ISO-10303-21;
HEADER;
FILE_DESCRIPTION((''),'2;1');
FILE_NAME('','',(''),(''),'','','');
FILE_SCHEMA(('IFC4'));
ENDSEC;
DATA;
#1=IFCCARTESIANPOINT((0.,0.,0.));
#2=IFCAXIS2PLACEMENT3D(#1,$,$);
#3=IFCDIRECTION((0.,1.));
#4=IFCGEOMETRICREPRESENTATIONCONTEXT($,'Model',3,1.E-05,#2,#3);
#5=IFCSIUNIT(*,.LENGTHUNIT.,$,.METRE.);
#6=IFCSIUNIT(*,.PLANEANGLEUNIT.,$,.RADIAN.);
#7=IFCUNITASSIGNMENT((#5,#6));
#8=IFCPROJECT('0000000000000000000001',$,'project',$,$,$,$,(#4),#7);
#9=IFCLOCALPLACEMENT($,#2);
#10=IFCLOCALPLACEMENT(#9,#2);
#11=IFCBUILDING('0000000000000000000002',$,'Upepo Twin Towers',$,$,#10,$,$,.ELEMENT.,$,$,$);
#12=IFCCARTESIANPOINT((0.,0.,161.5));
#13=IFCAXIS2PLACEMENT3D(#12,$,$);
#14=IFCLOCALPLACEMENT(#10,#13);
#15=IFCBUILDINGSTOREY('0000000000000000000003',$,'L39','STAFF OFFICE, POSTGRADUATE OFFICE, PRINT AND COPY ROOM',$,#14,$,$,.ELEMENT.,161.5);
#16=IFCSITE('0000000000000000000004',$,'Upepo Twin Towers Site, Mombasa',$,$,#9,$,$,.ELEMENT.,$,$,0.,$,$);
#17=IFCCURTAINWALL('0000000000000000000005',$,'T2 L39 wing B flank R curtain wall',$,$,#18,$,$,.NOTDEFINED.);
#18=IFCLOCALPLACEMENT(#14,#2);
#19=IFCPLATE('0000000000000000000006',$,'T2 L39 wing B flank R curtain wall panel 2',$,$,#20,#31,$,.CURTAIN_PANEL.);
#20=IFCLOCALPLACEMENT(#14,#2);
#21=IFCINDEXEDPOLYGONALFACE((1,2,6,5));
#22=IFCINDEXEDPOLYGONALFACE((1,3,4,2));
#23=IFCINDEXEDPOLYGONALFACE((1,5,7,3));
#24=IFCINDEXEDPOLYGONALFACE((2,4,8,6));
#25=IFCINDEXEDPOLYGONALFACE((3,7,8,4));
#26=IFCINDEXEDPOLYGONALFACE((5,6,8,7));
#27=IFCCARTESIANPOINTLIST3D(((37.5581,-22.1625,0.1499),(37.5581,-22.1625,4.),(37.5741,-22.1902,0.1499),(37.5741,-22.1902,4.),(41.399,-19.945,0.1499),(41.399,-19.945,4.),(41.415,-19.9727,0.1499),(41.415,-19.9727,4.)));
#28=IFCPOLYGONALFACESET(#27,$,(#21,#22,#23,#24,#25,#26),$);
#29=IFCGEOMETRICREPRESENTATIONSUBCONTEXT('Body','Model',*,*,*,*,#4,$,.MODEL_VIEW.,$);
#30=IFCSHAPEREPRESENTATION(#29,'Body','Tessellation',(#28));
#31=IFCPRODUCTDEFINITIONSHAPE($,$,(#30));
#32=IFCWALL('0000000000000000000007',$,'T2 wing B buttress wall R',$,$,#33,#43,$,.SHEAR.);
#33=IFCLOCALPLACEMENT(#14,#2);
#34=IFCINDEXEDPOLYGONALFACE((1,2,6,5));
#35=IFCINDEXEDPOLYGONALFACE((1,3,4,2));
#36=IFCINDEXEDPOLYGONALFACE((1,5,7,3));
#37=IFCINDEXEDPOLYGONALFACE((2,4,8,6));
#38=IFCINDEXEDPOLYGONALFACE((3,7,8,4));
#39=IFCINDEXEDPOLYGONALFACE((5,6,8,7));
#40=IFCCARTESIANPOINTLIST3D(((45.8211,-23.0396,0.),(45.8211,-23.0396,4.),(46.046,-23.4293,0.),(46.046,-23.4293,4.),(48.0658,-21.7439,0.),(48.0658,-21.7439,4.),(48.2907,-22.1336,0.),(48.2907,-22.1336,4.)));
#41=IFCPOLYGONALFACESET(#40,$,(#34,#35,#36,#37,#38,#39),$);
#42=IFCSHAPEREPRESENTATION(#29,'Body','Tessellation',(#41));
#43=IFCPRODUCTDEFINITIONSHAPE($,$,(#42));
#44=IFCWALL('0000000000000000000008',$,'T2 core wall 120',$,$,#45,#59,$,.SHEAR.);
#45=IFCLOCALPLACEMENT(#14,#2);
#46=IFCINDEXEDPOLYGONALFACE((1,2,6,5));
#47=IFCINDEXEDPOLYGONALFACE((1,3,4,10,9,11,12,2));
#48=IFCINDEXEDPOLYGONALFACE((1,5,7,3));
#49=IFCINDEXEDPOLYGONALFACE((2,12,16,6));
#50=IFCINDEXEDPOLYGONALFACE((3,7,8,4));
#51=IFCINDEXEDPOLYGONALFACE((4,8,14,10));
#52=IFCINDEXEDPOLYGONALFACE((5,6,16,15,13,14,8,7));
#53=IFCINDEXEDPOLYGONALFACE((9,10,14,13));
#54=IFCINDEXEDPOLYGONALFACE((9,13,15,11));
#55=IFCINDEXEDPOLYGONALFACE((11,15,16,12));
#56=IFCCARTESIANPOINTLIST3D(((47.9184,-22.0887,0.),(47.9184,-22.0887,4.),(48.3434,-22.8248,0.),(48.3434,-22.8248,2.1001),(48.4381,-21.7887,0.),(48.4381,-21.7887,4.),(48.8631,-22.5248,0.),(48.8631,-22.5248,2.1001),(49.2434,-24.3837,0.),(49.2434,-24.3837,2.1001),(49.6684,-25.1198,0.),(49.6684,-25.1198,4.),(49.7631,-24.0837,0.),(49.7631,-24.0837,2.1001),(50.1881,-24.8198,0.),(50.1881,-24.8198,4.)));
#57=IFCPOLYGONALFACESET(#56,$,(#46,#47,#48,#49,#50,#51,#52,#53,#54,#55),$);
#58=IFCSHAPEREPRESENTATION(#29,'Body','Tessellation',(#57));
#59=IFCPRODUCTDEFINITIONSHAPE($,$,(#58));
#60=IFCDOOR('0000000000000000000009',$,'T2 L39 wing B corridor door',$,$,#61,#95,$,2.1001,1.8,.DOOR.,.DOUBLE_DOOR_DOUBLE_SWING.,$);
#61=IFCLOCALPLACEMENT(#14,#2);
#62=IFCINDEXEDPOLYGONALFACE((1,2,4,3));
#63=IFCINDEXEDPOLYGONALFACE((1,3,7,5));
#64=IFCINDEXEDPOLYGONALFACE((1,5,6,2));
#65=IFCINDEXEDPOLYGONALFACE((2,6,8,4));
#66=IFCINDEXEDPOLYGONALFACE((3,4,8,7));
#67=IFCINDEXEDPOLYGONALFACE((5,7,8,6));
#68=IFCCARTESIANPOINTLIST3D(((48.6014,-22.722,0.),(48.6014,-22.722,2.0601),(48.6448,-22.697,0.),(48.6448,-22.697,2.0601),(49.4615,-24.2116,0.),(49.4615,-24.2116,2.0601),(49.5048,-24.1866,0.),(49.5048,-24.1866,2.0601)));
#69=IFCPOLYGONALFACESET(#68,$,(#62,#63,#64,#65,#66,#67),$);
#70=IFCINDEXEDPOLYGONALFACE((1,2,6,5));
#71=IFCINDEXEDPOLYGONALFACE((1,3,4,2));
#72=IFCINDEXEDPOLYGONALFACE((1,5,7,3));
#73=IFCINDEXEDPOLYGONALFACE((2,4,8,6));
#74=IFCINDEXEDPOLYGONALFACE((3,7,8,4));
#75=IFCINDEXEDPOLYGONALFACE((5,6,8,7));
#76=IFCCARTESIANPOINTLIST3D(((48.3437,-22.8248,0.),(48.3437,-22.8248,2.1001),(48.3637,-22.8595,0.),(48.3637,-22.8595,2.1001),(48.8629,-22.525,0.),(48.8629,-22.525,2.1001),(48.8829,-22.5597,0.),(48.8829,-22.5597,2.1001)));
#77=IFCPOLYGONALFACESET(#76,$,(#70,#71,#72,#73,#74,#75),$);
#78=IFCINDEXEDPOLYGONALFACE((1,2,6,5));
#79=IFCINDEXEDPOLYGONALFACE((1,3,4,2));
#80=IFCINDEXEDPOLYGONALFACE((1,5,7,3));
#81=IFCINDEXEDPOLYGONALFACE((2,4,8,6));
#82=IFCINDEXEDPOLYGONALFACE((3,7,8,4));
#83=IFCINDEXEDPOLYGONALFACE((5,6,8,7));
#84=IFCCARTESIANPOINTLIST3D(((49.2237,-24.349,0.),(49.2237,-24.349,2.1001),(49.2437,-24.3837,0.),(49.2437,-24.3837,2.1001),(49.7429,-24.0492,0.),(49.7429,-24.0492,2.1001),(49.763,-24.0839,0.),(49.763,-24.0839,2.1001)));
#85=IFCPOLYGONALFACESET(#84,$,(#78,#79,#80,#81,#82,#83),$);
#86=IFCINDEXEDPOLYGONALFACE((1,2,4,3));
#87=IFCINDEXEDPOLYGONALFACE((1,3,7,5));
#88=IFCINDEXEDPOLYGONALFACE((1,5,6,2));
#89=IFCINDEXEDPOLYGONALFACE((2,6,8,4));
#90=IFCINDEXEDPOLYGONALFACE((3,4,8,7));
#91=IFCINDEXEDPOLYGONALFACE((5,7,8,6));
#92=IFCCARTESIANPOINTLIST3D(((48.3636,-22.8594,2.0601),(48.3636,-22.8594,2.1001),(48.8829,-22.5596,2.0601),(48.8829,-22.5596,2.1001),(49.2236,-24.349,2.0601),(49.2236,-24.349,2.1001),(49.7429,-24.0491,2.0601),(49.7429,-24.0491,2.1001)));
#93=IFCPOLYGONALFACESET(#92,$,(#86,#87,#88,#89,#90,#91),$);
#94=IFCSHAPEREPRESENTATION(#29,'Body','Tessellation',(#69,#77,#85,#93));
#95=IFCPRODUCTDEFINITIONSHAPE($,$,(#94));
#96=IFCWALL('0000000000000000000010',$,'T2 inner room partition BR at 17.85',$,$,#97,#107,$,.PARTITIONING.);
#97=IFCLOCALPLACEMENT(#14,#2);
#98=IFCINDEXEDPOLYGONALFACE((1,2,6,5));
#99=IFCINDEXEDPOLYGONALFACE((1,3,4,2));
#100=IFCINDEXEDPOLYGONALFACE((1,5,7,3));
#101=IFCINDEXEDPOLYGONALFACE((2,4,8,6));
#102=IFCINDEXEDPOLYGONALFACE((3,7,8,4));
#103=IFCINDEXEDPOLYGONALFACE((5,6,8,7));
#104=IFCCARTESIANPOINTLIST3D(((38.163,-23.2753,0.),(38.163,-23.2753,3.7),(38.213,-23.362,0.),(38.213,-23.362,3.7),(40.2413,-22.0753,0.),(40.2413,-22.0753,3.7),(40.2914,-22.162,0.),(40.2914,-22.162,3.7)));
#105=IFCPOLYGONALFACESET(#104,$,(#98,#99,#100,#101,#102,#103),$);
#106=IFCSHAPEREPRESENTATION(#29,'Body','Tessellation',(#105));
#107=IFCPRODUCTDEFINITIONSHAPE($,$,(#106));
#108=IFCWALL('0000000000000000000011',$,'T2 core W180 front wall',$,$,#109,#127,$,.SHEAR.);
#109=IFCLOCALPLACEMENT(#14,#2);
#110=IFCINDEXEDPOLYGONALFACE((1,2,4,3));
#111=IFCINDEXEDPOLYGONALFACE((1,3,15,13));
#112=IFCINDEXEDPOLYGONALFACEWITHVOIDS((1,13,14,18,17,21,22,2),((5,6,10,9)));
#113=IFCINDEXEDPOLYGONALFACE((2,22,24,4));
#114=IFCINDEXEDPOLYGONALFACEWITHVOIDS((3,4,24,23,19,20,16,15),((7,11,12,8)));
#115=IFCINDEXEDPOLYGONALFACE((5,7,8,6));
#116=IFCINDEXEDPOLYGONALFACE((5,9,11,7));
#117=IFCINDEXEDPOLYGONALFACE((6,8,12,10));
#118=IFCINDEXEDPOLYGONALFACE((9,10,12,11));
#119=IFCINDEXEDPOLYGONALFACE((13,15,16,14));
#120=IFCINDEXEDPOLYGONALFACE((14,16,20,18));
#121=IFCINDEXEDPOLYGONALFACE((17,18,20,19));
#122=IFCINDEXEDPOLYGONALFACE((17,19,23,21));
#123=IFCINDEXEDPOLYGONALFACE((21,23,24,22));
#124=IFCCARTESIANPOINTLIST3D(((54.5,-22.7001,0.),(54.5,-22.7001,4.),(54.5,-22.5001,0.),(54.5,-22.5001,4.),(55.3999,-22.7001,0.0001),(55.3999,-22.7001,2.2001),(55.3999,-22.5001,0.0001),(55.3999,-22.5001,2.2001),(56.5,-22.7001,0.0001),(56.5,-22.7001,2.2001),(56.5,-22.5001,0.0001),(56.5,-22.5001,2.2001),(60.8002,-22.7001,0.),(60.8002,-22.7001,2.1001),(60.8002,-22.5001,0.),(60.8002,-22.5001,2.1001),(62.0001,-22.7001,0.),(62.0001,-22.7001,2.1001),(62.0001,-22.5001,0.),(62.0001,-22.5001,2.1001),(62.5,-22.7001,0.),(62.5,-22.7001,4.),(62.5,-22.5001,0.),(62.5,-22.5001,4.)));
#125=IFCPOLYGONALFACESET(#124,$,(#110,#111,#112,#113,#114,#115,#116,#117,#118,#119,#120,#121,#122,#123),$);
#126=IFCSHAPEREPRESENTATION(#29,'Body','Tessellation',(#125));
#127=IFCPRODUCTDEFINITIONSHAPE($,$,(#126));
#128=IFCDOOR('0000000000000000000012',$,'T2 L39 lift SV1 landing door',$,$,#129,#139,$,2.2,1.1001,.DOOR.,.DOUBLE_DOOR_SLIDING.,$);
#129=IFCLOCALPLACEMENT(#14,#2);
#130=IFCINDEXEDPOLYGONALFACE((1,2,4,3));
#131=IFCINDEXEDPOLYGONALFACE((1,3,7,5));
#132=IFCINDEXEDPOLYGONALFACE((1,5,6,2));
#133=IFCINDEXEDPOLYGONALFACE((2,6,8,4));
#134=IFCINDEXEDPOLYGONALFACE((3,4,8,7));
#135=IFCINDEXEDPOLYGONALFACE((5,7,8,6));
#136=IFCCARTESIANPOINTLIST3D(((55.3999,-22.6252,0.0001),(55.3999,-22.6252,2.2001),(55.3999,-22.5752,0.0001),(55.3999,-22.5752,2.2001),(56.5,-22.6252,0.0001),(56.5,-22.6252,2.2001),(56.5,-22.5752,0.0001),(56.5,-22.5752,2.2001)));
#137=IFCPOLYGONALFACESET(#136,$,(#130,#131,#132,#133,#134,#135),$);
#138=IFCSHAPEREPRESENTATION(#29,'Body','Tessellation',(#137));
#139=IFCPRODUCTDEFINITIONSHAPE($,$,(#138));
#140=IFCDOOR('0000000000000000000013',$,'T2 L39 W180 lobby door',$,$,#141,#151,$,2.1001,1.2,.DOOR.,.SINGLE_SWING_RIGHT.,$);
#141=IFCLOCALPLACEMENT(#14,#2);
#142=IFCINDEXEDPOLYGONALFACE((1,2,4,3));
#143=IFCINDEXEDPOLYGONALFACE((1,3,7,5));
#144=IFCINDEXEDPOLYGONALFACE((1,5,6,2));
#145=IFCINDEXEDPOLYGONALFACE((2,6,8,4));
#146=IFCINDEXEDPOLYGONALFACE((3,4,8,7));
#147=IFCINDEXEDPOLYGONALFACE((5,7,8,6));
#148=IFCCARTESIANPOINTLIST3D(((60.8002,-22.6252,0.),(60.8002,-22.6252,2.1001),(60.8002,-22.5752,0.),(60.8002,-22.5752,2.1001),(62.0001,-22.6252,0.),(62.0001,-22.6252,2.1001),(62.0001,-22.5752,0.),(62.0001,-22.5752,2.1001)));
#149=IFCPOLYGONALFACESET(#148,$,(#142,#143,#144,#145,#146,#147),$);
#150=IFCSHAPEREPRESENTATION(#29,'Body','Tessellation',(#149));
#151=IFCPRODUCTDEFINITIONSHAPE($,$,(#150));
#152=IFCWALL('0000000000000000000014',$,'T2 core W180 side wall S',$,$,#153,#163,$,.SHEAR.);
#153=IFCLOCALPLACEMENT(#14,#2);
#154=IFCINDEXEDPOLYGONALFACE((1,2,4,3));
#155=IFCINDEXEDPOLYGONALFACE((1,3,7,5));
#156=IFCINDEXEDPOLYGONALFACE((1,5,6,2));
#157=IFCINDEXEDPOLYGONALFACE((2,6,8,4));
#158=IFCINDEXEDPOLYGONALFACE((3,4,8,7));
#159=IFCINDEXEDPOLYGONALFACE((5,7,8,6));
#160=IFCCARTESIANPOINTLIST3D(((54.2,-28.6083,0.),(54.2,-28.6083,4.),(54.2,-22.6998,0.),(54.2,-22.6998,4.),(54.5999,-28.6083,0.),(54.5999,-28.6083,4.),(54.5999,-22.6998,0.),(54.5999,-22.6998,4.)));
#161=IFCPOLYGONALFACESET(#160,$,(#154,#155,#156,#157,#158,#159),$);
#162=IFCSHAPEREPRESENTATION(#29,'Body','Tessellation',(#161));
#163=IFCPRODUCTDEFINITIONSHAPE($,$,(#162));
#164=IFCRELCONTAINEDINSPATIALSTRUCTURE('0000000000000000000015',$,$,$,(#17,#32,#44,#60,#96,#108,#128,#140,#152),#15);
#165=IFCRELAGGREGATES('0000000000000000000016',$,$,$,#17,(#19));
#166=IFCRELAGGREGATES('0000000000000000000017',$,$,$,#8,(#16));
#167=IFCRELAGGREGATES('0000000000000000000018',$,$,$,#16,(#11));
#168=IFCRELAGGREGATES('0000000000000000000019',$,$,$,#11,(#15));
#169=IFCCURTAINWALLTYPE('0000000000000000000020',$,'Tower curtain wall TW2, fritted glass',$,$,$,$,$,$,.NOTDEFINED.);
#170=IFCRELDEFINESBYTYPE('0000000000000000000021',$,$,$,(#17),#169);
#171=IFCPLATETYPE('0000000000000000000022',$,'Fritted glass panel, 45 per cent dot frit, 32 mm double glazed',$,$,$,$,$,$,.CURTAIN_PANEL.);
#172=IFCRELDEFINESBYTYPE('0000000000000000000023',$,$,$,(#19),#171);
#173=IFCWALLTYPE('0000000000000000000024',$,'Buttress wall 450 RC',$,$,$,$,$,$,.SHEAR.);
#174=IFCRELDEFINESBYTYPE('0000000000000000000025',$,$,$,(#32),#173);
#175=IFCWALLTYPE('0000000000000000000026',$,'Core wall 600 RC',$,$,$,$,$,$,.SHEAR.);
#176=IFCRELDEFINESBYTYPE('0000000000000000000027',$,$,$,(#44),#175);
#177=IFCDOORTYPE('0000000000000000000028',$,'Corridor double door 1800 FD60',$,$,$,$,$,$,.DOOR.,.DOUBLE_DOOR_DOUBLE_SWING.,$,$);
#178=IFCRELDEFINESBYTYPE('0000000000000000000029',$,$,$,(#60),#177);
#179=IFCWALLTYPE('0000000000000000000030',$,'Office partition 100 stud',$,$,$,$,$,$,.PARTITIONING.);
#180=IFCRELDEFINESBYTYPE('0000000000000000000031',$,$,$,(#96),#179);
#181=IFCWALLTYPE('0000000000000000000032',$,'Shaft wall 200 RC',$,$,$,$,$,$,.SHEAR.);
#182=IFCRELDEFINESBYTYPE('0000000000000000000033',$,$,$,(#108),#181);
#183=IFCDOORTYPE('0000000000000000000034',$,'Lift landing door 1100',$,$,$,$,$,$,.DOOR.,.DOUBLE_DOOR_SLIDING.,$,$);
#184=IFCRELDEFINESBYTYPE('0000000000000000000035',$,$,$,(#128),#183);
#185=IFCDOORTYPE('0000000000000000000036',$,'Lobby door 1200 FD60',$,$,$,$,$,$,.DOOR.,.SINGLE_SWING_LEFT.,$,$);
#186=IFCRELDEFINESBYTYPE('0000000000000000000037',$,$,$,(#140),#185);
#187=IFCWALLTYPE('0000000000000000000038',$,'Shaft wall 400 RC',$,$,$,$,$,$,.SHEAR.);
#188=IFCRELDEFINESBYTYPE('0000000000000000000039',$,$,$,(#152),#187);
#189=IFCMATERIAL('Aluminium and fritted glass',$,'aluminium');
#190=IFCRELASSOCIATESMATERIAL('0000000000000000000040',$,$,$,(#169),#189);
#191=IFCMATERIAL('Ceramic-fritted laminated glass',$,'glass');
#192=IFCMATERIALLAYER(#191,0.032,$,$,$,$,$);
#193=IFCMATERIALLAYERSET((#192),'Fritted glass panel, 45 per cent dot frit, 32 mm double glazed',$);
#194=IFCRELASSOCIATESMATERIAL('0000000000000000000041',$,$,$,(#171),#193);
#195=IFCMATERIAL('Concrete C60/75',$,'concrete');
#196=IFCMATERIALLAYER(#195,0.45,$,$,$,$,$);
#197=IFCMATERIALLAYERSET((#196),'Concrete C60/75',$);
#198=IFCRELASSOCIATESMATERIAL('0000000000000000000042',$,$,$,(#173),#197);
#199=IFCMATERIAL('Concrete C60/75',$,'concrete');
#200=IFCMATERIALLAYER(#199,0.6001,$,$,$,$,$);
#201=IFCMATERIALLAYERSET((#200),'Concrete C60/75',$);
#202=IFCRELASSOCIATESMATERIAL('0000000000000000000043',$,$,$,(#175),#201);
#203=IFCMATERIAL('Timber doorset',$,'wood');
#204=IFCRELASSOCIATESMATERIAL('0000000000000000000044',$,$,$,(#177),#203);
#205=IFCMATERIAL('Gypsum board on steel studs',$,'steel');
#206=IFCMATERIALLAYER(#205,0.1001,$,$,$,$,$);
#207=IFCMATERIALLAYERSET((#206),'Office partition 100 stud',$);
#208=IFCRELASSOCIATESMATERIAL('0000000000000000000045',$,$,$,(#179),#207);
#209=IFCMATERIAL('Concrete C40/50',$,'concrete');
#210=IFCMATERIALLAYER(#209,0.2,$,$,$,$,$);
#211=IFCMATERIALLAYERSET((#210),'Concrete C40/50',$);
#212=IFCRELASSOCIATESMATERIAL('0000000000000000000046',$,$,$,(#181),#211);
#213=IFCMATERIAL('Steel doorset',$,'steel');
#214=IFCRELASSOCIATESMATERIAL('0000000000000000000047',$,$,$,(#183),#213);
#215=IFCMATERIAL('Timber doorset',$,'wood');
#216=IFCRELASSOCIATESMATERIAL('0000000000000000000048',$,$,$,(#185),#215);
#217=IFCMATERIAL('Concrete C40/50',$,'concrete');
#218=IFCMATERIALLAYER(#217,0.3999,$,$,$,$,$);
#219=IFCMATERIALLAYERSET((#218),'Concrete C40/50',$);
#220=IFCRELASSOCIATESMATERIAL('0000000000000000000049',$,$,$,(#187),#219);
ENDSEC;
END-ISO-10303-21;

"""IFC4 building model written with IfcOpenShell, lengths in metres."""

from ifc_helpers import new_model, si_unit, direction, frame, frame_2d, origin, origin_2d, place, context, subcontext, project, spatial, rectangle, extrude, material, layer, layer_set, type_object, element, fill, aggregate, save


model = new_model("IFC4")

# Units and contexts
model_context = context("Model", 3, precision=1e-05, world=origin(), true_north=direction((0.0, 1.0)))
body_context = subcontext(model_context, "Body", "Model", "MODEL_VIEW")
ifc_project = project(units=[si_unit("LENGTHUNIT", "METRE"), si_unit("PLANEANGLEUNIT", "RADIAN")], contexts=[model_context])

# Site, building, storey
site_placement = place(None, origin())
site = spatial("IfcSite", under=ifc_project, at=site_placement, Name="Upepo Twin Towers Site, Mombasa", CompositionType="ELEMENT", RefElevation=0.0)
building_placement = place(site_placement, origin())
building = spatial("IfcBuilding", under=site, at=building_placement, Name="Upepo Twin Towers", CompositionType="ELEMENT")
storey_placement = place(building_placement, frame((0.0, 0.0, 161.5)))
storey = spatial("IfcBuildingStorey", under=building, at=storey_placement, Name="L39", Description="STAFF OFFICE, POSTGRADUATE OFFICE, PRINT AND COPY ROOM", CompositionType="ELEMENT", Elevation=161.5)

# Curtain wall, plate
ifc_material_1 = material(Name="Aluminium and fritted glass", Category="aluminium")
curtain_wall_type = type_object("IfcCurtainWallType", Name="Tower curtain wall TW2, fritted glass", PredefinedType="NOTDEFINED", material=ifc_material_1)
curtain_wall_placement = place(storey_placement, origin())
curtain_wall = element("IfcCurtainWall", 1, at=curtain_wall_placement, inside=storey, type_object=curtain_wall_type, Name="T2 L39 wing B flank R curtain wall", PredefinedType="NOTDEFINED")
ifc_material_2 = material(Name="Ceramic-fritted laminated glass", Category="glass")
ifc_layer_1 = layer(ifc_material_2, 0.032)
ifc_layer_set_1 = layer_set([ifc_layer_1], Name="Fritted glass panel, 45 per cent dot frit, 32 mm double glazed")
plate_type = type_object("IfcPlateType", Name="Fritted glass panel, 45 per cent dot frit, 32 mm double glazed", PredefinedType="CURTAIN_PANEL", material=ifc_layer_set_1)
plate_placement = place(storey_placement, frame((39.4866, -21.0676, 0.1499), z_axis=(0.0, 0.0, 1.0), x_axis=(0.866025, 0.5, 0.0)))
plate = element("IfcPlate", 2, at=plate_placement, type_object=plate_type, Name="T2 L39 wing B flank R curtain wall panel 2", PredefinedType="CURTAIN_PANEL", context=body_context, shape_type="SweptSolid", body=[
    extrude(rectangle(XDim=4.4351, YDim=0.032, at=origin_2d()), origin(), (0.0, 0.0, 1.0), 3.8501),
])
aggregate(curtain_wall, [plate])

# Wall
ifc_material_3 = material(Name="Concrete C60/75", Category="concrete")
ifc_layer_2 = layer(ifc_material_3, 0.45)
ifc_layer_set_2 = layer_set([ifc_layer_2], Name="Concrete C60/75")
wall_type_1 = type_object("IfcWallType", Name="Buttress wall 450 RC", PredefinedType="SHEAR", material=ifc_layer_set_2)
wall_1_placement = place(storey_placement, frame((48.1782, -21.9387, 0.0), z_axis=(0.0, 0.0, 1.0), x_axis=(-0.866073, -0.499918, 0.0)))
element("IfcWall", 3, at=wall_1_placement, inside=storey, type_object=wall_type_1, Name="T2 wing B buttress wall R", PredefinedType="SHEAR", context=body_context, shape_type="SweptSolid", body=[
    extrude(rectangle(XDim=2.5918, YDim=0.45, at=frame_2d((1.2959, 0.0))), origin(), (0.0, 0.0, 1.0), 4.0),
])

# Wall, opening, door
ifc_material_4 = material(Name="Concrete C60/75", Category="concrete")
ifc_layer_3 = layer(ifc_material_4, 0.6001)
ifc_layer_set_3 = layer_set([ifc_layer_3], Name="Concrete C60/75")
wall_type_2 = type_object("IfcWallType", Name="Core wall 600 RC", PredefinedType="SHEAR", material=ifc_layer_set_3)
wall_2_placement = place(storey_placement, frame((48.1782, -21.9387, 0.0), z_axis=(0.0, 0.0, 1.0), x_axis=(0.50001, -0.866019, 0.0)))
wall_2 = element("IfcWall", 4, at=wall_2_placement, inside=storey, type_object=wall_type_2, Name="T2 core wall 120", PredefinedType="SHEAR", context=body_context, shape_type="SweptSolid", body=[
    extrude(rectangle(XDim=3.5, YDim=0.6001, at=frame_2d((1.75, 0.0))), origin(), (0.0, 0.0, 1.0), 4.0),
])
opening_1_placement = place(wall_2_placement, frame((0.8501, 0.0, 0.0)))
opening_1 = element("IfcOpeningElement", 5, at=opening_1_placement, cuts=wall_2, PredefinedType="OPENING", context=body_context, shape_type="SweptSolid", body=[
    extrude(rectangle(XDim=1.8, YDim=2.1001, at=frame_2d((0.8999, 1.05))), frame((0.0, 0.3101, 0.0), z_axis=(0.0, -1.0, 0.0), x_axis=(1.0, 0.0, 0.0)), (0.0, 0.0, 1.0), 0.6201),
])
ifc_material_5 = material(Name="Timber doorset", Category="wood")
door_type_1 = type_object("IfcDoorType", Name="Corridor double door 1800 FD60", OperationType="DOUBLE_DOOR_DOUBLE_SWING", PredefinedType="DOOR", material=ifc_material_5)
door_1_placement = place(opening_1_placement, origin())
door_1 = element("IfcDoor", 6, at=door_1_placement, inside=storey, type_object=door_type_1, Name="T2 L39 wing B corridor door", OperationType="DOUBLE_DOOR_DOUBLE_SWING", OverallHeight=2.1001, OverallWidth=1.8, PredefinedType="DOOR", context=body_context, shape_type="SweptSolid", body=[
    extrude(rectangle(XDim=1.72, YDim=2.0601, at=frame_2d((0.8999, 1.03))), frame((0.0, 0.0249, 0.0), z_axis=(0.0, -1.0, 0.0), x_axis=(1.0, 0.0, 0.0)), (0.0, 0.0, 1.0), 0.05),
    extrude(rectangle(XDim=0.04, YDim=2.1001, at=frame_2d((0.02, 1.05))), frame((0.0, 0.2998, 0.0), z_axis=(0.0, -1.0, 0.0), x_axis=(1.0, 0.0, 0.0)), (0.0, 0.0, 1.0), 0.5996),
    extrude(rectangle(XDim=0.04, YDim=2.1001, at=frame_2d((1.78, 1.05))), frame((0.0, 0.2998, 0.0), z_axis=(0.0, -1.0, 0.0), x_axis=(1.0, 0.0, 0.0)), (0.0, 0.0, 1.0), 0.5996),
    extrude(rectangle(XDim=1.72, YDim=0.04, at=frame_2d((0.8999, 2.0801))), frame((0.0, 0.2998, 0.0), z_axis=(0.0, -1.0, 0.0), x_axis=(1.0, 0.0, 0.0)), (0.0, 0.0, 1.0), 0.5996),
])
fill(opening_1, door_1)

# Wall
ifc_material_6 = material(Name="Gypsum board on steel studs", Category="steel")
ifc_layer_4 = layer(ifc_material_6, 0.1001)
ifc_layer_set_4 = layer_set([ifc_layer_4], Name="Office partition 100 stud")
wall_type_3 = type_object("IfcWallType", Name="Office partition 100 stud", PredefinedType="PARTITIONING", material=ifc_layer_set_4)
wall_3_placement = place(storey_placement, frame((40.2664, -22.1187, 0.0), z_axis=(0.0, 0.0, 1.0), x_axis=(-0.866025, -0.500001, 0.0)))
element("IfcWall", 7, at=wall_3_placement, inside=storey, type_object=wall_type_3, Name="T2 inner room partition BR at 17.85", PredefinedType="PARTITIONING", context=body_context, shape_type="SweptSolid", body=[
    extrude(rectangle(XDim=2.3999, YDim=0.1001, at=frame_2d((1.2, 0.0))), origin(), (0.0, 0.0, 1.0), 3.7),
])

# Wall, openings, doors
ifc_material_7 = material(Name="Concrete C40/50", Category="concrete")
ifc_layer_5 = layer(ifc_material_7, 0.2)
ifc_layer_set_5 = layer_set([ifc_layer_5], Name="Concrete C40/50")
wall_type_4 = type_object("IfcWallType", Name="Shaft wall 200 RC", PredefinedType="SHEAR", material=ifc_layer_set_5)
wall_4_placement = place(storey_placement, frame((54.5, -22.6001, 0.0), z_axis=(0.0, 0.0, 1.0), x_axis=(1.0, 0.0, 0.0)))
wall_4 = element("IfcWall", 8, at=wall_4_placement, inside=storey, type_object=wall_type_4, Name="T2 core W180 front wall", PredefinedType="SHEAR", context=body_context, shape_type="SweptSolid", body=[
    extrude(rectangle(XDim=8.0, YDim=0.2, at=frame_2d((4.0, 0.0))), origin(), (0.0, 0.0, 1.0), 4.0),
])
opening_2_placement = place(wall_4_placement, frame((6.3, 0.0, 0.0)))
opening_2 = element("IfcOpeningElement", 9, at=opening_2_placement, cuts=wall_4, PredefinedType="OPENING", context=body_context, shape_type="SweptSolid", body=[
    extrude(rectangle(XDim=1.2, YDim=2.1001, at=frame_2d((0.6001, 1.05))), frame((0.0, 0.1099, 0.0), z_axis=(0.0, -1.0, 0.0), x_axis=(1.0, 0.0, 0.0)), (0.0, 0.0, 1.0), 0.22),
])
opening_3_placement = place(wall_4_placement, frame((0.8999, 0.0, 0.0)))
opening_3 = element("IfcOpeningElement", 10, at=opening_3_placement, cuts=wall_4, PredefinedType="OPENING", context=body_context, shape_type="SweptSolid", body=[
    extrude(rectangle(XDim=1.1001, YDim=2.2, at=frame_2d((0.55, 1.1001))), frame((0.0, 0.1099, 0.0), z_axis=(0.0, -1.0, 0.0), x_axis=(1.0, 0.0, 0.0)), (0.0, 0.0, 1.0), 0.22),
])
ifc_material_8 = material(Name="Steel doorset", Category="steel")
door_type_2 = type_object("IfcDoorType", Name="Lift landing door 1100", OperationType="DOUBLE_DOOR_SLIDING", PredefinedType="DOOR", material=ifc_material_8)
door_2_placement = place(opening_3_placement, origin())
door_2 = element("IfcDoor", 11, at=door_2_placement, inside=storey, type_object=door_type_2, Name="T2 L39 lift SV1 landing door", OperationType="DOUBLE_DOOR_SLIDING", OverallHeight=2.2, OverallWidth=1.1001, PredefinedType="DOOR", context=body_context, shape_type="SweptSolid", body=[
    extrude(rectangle(XDim=1.1001, YDim=2.2, at=frame_2d((0.55, 1.1001))), frame((0.0, 0.0249, 0.0), z_axis=(0.0, -1.0, 0.0), x_axis=(1.0, 0.0, 0.0)), (0.0, 0.0, 1.0), 0.05),
])
fill(opening_3, door_2)
ifc_material_9 = material(Name="Timber doorset", Category="wood")
door_type_3 = type_object("IfcDoorType", Name="Lobby door 1200 FD60", OperationType="SINGLE_SWING_LEFT", PredefinedType="DOOR", material=ifc_material_9)
door_3_placement = place(opening_2_placement, origin())
door_3 = element("IfcDoor", 12, at=door_3_placement, inside=storey, type_object=door_type_3, Name="T2 L39 W180 lobby door", OperationType="SINGLE_SWING_RIGHT", OverallHeight=2.1001, OverallWidth=1.2, PredefinedType="DOOR", context=body_context, shape_type="SweptSolid", body=[
    extrude(rectangle(XDim=1.2, YDim=2.1001, at=frame_2d((0.6001, 1.05))), frame((0.0, 0.0249, 0.0), z_axis=(0.0, -1.0, 0.0), x_axis=(1.0, 0.0, 0.0)), (0.0, 0.0, 1.0), 0.05),
])
fill(opening_2, door_3)

# Wall
ifc_material_10 = material(Name="Concrete C40/50", Category="concrete")
ifc_layer_6 = layer(ifc_material_10, 0.3999)
ifc_layer_set_6 = layer_set([ifc_layer_6], Name="Concrete C40/50")
wall_type_5 = type_object("IfcWallType", Name="Shaft wall 400 RC", PredefinedType="SHEAR", material=ifc_layer_set_6)
wall_5_placement = place(storey_placement, frame((54.3999, -22.7, 0.0), z_axis=(0.0, 0.0, 1.0), x_axis=(0.0, -1.0, 0.0)))
element("IfcWall", 13, at=wall_5_placement, inside=storey, type_object=wall_type_5, Name="T2 core W180 side wall S", PredefinedType="SHEAR", context=body_context, shape_type="SweptSolid", body=[
    extrude(rectangle(XDim=5.9084, YDim=0.3999, at=frame_2d((2.9541, 0.0))), origin(), (0.0, 0.0, 1.0), 4.0),
])

save(model, "model.ifc")
